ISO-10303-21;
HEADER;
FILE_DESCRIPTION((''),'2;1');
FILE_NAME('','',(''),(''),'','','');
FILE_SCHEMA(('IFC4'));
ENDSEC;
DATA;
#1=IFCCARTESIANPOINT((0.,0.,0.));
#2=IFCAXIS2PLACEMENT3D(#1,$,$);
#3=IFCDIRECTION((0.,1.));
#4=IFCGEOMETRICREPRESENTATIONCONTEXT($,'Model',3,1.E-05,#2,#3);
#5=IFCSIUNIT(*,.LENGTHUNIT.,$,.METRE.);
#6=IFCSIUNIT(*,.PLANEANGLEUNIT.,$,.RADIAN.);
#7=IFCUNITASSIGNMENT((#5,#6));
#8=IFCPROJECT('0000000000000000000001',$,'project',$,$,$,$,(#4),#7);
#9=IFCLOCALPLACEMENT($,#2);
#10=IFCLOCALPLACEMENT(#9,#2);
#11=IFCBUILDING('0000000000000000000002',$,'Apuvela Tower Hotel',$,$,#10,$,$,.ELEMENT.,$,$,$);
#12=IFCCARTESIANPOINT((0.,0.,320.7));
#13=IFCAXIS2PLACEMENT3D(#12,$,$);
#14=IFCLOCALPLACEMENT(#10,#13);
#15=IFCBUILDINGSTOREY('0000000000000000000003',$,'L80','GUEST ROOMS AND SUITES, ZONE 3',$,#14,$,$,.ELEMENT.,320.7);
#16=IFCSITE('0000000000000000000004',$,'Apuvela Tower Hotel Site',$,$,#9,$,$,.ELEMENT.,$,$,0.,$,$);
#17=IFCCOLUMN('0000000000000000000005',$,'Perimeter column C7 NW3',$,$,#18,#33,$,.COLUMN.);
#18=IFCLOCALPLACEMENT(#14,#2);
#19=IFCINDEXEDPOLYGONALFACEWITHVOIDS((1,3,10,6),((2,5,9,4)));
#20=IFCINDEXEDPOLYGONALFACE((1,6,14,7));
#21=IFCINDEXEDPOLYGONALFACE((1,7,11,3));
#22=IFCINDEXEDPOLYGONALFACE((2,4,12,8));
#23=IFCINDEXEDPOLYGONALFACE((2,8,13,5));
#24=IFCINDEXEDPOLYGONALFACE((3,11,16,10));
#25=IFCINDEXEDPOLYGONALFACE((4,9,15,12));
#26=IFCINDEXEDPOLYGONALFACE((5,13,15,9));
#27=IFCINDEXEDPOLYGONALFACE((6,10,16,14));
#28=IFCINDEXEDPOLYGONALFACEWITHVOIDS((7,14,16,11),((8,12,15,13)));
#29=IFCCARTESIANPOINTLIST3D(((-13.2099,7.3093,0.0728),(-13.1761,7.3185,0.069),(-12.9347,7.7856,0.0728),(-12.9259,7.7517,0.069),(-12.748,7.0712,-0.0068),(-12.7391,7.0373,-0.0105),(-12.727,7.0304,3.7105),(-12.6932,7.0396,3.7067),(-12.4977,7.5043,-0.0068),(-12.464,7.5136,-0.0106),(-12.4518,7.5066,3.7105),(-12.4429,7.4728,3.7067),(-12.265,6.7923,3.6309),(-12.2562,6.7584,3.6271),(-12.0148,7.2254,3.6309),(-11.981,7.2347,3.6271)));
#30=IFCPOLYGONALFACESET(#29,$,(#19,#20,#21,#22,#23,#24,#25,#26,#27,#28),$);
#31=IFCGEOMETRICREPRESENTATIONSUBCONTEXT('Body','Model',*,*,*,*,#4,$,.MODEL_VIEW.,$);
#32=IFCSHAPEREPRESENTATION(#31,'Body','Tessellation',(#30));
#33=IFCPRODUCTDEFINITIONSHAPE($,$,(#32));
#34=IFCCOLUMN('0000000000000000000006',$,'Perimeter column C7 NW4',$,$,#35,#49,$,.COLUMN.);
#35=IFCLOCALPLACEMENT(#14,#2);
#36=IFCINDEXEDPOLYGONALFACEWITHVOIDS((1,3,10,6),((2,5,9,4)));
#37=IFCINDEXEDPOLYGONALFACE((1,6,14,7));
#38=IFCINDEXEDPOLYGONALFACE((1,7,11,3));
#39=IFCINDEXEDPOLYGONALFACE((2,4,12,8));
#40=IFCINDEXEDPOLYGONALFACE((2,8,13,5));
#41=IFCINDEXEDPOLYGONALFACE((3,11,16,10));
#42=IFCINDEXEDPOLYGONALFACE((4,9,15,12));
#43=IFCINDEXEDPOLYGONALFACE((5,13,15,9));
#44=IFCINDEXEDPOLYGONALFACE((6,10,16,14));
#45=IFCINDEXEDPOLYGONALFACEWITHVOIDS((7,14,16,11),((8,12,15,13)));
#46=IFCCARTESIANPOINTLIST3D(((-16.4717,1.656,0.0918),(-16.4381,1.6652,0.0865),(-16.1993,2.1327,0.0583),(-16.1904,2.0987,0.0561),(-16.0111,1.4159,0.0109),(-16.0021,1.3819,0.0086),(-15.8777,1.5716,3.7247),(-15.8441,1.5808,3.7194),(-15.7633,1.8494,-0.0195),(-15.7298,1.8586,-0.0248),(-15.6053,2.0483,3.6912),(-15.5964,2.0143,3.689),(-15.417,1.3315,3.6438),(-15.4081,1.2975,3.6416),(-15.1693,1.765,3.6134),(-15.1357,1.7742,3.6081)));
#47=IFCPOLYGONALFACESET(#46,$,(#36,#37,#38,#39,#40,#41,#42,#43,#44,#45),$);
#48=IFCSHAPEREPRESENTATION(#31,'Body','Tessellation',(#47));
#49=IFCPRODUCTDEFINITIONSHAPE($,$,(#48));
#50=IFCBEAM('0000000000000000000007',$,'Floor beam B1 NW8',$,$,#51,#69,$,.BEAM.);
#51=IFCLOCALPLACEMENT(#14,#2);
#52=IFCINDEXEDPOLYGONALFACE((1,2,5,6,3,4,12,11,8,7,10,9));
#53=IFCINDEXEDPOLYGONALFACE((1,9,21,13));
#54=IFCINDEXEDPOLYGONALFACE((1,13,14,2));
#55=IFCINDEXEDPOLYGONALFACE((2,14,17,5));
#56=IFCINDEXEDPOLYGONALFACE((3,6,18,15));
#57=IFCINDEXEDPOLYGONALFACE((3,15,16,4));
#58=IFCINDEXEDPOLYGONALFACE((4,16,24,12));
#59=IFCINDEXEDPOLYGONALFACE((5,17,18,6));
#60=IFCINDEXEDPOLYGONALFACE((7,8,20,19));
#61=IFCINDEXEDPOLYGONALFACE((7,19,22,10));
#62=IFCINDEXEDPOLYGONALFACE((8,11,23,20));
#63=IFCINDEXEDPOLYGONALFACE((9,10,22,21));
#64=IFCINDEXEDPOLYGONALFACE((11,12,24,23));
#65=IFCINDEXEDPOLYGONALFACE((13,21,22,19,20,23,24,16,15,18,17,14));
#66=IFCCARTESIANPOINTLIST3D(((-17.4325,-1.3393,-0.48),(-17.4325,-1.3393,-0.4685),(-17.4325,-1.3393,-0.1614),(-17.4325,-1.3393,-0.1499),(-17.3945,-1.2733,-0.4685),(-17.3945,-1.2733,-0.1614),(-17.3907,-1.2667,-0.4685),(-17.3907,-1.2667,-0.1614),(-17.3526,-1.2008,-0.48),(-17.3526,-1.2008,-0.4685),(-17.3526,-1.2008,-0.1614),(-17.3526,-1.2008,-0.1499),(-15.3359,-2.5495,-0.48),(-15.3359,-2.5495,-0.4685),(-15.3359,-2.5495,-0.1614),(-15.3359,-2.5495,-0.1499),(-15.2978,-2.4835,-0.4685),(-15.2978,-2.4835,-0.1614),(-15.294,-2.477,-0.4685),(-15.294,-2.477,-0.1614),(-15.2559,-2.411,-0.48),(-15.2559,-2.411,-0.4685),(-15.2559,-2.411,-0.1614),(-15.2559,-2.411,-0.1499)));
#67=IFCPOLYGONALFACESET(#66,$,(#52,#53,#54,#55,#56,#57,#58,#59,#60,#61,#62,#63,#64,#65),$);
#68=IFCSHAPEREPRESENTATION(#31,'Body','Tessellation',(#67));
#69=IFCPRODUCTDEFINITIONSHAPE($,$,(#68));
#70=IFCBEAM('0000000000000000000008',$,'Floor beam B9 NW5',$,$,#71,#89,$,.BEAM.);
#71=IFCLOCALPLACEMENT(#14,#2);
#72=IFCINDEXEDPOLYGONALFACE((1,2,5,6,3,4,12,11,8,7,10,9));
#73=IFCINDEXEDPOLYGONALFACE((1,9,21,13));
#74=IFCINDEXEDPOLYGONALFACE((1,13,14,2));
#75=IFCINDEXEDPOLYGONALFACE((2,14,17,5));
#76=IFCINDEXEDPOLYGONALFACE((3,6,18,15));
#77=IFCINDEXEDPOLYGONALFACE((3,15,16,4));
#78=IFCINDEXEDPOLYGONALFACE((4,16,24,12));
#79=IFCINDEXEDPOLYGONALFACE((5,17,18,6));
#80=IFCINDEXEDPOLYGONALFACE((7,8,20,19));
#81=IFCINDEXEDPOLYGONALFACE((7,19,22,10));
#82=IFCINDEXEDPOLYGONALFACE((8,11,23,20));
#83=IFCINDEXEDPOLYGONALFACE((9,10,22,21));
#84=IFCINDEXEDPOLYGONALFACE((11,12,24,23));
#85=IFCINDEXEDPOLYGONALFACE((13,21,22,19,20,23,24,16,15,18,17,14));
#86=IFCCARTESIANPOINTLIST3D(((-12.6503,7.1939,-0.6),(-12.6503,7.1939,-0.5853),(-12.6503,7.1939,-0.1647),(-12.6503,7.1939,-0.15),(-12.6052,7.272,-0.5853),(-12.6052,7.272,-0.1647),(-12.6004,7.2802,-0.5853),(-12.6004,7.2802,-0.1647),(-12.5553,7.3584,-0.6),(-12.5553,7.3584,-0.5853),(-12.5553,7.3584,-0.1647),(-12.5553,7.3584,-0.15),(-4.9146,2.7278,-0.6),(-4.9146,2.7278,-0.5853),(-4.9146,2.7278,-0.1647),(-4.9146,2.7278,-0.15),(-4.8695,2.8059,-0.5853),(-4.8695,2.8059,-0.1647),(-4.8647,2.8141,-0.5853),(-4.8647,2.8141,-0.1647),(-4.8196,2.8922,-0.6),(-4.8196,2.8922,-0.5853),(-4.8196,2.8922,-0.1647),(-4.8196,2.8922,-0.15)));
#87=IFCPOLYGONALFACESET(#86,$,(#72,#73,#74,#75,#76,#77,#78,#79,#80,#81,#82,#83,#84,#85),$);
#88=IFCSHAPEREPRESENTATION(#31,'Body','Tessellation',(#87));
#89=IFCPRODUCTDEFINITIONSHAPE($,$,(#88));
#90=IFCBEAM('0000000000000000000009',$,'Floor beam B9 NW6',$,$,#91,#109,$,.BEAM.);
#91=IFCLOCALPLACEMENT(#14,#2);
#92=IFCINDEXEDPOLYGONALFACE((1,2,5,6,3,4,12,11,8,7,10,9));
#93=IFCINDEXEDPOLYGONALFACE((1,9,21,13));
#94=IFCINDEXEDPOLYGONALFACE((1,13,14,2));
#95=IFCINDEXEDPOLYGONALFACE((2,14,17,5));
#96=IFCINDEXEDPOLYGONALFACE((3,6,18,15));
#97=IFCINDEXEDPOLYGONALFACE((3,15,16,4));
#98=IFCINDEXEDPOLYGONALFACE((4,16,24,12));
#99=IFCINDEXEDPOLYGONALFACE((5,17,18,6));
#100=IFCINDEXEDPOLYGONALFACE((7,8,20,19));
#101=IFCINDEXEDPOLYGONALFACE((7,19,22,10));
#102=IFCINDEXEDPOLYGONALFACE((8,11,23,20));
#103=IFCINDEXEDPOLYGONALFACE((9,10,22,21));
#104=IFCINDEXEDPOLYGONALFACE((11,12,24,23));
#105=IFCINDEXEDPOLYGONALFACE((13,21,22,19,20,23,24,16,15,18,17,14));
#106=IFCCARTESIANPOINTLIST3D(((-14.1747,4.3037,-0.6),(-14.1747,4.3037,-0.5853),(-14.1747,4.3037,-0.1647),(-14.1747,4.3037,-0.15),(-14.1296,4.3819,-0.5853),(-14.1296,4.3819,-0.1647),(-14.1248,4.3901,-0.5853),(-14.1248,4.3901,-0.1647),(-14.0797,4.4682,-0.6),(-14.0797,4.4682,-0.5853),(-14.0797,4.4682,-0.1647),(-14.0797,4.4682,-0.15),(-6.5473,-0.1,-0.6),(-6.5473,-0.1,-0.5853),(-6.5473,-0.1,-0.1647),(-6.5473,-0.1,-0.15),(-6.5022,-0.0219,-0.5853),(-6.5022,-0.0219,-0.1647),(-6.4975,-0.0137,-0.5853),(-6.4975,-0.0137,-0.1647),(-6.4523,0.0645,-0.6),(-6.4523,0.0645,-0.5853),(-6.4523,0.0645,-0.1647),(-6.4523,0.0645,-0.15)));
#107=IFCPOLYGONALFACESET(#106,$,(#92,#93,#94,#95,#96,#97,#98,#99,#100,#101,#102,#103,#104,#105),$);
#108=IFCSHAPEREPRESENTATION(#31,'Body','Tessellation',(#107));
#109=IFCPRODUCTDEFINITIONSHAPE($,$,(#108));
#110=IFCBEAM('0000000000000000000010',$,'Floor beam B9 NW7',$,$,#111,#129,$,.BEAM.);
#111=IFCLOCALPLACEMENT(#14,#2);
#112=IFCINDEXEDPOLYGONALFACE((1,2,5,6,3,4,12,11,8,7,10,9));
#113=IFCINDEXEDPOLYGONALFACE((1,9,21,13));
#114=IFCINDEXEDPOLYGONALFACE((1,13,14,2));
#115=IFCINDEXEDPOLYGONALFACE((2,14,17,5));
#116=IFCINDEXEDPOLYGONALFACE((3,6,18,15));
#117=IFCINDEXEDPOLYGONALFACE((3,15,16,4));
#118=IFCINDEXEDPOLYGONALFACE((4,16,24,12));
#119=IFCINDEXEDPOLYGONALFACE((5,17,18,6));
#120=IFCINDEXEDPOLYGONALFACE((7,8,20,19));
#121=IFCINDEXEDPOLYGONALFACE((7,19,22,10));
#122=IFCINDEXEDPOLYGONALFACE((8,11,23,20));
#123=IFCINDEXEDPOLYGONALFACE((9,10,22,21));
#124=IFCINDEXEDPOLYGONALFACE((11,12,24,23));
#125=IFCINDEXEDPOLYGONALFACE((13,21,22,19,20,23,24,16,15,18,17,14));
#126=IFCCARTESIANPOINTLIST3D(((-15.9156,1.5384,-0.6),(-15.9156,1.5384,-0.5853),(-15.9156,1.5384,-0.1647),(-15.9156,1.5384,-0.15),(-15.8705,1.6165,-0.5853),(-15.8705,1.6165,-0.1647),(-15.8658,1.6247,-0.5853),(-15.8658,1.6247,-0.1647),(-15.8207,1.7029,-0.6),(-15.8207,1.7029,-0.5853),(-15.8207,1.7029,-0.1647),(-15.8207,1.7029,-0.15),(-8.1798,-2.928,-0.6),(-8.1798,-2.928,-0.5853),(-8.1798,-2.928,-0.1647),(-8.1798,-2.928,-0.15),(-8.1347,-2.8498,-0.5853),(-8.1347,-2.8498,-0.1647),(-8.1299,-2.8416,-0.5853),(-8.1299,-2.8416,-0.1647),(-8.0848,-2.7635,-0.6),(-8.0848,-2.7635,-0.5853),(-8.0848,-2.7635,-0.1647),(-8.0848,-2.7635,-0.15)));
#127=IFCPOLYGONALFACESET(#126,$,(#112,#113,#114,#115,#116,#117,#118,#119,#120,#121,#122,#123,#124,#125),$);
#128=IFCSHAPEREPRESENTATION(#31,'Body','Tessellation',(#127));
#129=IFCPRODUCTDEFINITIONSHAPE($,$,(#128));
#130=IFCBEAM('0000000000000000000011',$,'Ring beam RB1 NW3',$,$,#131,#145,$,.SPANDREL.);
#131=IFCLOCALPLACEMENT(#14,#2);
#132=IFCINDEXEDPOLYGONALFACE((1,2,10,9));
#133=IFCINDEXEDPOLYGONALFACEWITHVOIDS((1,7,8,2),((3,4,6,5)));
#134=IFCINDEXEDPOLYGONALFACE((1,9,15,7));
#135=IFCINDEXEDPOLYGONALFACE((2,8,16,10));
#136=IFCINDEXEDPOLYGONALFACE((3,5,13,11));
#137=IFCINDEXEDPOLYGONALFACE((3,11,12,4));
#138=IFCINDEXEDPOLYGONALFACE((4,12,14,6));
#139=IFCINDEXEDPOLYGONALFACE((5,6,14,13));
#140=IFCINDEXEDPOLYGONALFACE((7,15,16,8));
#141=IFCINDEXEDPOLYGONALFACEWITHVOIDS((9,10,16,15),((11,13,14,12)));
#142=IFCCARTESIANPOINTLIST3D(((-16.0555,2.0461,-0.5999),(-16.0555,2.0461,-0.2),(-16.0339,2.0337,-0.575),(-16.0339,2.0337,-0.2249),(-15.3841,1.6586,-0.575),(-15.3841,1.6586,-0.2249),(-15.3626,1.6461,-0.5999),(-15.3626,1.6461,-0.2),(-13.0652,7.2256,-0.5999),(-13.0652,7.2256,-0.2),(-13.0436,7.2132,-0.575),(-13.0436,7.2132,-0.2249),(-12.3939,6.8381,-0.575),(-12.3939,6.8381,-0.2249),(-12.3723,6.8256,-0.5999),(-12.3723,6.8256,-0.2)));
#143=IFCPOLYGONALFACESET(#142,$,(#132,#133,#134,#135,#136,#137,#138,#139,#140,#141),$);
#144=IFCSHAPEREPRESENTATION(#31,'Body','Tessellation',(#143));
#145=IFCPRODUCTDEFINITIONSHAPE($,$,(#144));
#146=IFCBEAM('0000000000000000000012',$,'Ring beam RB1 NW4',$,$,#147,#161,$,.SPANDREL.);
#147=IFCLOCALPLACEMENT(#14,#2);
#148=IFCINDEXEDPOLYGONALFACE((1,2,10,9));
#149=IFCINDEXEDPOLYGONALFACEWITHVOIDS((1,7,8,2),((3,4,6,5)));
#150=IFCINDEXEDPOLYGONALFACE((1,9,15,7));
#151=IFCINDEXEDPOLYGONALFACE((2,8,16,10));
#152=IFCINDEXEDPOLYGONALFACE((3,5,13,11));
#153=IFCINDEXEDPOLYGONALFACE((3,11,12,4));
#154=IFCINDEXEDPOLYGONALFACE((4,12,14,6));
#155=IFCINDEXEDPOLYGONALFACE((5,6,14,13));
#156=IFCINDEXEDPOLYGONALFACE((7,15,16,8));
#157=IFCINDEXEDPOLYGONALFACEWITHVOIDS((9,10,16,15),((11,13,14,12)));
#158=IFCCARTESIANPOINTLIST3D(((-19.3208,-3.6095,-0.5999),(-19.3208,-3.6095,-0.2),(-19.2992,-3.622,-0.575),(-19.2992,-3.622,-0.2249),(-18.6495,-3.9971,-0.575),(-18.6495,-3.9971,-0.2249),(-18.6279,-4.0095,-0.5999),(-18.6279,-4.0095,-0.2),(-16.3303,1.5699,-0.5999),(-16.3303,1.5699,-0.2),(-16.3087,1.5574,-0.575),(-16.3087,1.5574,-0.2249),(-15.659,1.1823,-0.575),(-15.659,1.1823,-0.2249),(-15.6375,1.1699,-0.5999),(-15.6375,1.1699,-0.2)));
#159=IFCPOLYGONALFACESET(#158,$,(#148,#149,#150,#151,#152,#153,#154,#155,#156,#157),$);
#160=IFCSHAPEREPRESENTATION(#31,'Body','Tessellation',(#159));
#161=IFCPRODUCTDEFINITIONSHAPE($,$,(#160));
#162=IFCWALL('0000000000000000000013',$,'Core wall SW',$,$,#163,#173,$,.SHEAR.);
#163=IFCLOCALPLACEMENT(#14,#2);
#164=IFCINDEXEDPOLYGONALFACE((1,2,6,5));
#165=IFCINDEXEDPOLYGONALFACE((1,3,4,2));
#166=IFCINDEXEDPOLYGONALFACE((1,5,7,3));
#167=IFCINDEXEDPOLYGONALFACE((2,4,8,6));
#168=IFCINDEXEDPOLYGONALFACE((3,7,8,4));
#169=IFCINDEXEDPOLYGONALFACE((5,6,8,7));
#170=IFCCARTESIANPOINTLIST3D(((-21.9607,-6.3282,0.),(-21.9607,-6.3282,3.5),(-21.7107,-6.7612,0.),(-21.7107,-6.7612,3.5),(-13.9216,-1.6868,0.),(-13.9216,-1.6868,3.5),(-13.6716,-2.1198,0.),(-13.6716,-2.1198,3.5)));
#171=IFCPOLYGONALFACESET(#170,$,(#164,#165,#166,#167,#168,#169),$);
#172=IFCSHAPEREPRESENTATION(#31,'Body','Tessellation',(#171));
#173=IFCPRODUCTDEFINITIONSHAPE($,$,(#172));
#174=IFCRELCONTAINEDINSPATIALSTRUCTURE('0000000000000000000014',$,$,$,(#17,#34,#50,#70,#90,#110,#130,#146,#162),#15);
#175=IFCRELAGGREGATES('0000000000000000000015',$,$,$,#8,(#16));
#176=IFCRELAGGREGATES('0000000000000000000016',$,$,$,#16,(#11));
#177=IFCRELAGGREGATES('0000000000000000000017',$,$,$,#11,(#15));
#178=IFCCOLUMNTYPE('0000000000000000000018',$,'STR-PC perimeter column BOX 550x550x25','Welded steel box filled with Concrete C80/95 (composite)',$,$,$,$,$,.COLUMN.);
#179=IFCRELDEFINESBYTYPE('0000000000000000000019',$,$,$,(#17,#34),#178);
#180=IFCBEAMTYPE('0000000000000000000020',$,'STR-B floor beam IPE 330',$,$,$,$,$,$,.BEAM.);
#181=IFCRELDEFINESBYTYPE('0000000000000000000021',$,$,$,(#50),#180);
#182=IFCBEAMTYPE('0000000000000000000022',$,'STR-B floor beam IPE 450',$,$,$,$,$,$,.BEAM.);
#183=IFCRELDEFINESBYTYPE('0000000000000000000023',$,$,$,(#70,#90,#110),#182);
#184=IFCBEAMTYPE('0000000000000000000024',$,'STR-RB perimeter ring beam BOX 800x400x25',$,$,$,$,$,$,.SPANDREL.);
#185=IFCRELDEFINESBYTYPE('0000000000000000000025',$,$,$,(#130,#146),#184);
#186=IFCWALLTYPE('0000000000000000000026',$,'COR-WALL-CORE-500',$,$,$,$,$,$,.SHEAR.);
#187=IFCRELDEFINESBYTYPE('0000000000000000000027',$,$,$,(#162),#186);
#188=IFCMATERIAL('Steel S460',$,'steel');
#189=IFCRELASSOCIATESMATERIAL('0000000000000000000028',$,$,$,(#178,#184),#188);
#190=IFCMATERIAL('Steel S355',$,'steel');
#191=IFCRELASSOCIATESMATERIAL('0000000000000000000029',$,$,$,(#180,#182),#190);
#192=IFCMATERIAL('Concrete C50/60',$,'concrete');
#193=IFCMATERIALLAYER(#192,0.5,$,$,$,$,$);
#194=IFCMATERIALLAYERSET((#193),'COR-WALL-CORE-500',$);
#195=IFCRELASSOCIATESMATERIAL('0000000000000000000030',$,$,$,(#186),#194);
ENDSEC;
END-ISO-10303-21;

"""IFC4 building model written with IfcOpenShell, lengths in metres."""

from ifc_helpers import new_model, si_unit, direction, frame, frame_2d, origin, origin_2d, place, context, subcontext, project, spatial, rectangle, hollow_rectangle, i_section, extrude, boolean, halfspace, material, layer, layer_set, material_profile, profile_set, type_object, element, save


model = new_model("IFC4")

# Units and contexts
model_context = context("Model", 3, precision=1e-05, world=origin(), true_north=direction((0.0, 1.0)))
body_context = subcontext(model_context, "Body", "Model", "MODEL_VIEW")
ifc_project = project(units=[si_unit("LENGTHUNIT", "METRE"), si_unit("PLANEANGLEUNIT", "RADIAN")], contexts=[model_context])

# Site, building, storey
site_placement = place(None, origin())
site = spatial("IfcSite", under=ifc_project, at=site_placement, Name="Apuvela Tower Hotel Site", CompositionType="ELEMENT", RefElevation=0.0)
building_placement = place(site_placement, origin())
building = spatial("IfcBuilding", under=site, at=building_placement, Name="Apuvela Tower Hotel", CompositionType="ELEMENT")
storey_placement = place(building_placement, frame((0.0, 0.0, 320.7)))
storey = spatial("IfcBuildingStorey", under=building, at=storey_placement, Name="L80", Description="GUEST ROOMS AND SUITES, ZONE 3", CompositionType="ELEMENT", Elevation=320.7)

# Columns
ifc_material_1 = material(Name="Steel S460", Category="steel")
ifc_material_profile_1 = material_profile(ifc_material_1, hollow_rectangle(XDim=0.55, YDim=0.55, WallThickness=0.0249, at=origin_2d()), Name="BOX 550x550x25")
ifc_material_2 = material(Name="Concrete C80/95", Category="concrete")
ifc_material_profile_2 = material_profile(ifc_material_2, rectangle(XDim=0.5, YDim=0.5, at=origin_2d()), Name="Concrete C80/95 infill")
ifc_profile_set_1 = profile_set([ifc_material_profile_1, ifc_material_profile_2], Name="Steel S460")
column_type = type_object("IfcColumnType", Name="STR-PC perimeter column BOX 550x550x25", Description="Welded steel box filled with Concrete C80/95 (composite)", PredefinedType="COLUMN", material=ifc_profile_set_1)
column_1_placement = place(storey_placement, frame((-12.8411, 7.4138, 0.0), z_axis=(0.131228, -0.075789, 0.988451), x_axis=(-0.500239, -0.865887, 0.000021)))
element("IfcColumn", 1, at=column_1_placement, inside=storey, type_object=column_type, Name="Perimeter column C7 NW3", PredefinedType="COLUMN", context=body_context, shape_type="SweptSolid", body=[
    boolean("DIFFERENCE", boolean("DIFFERENCE", extrude(hollow_rectangle(XDim=0.55, YDim=0.55, WallThickness=0.0249, at=origin_2d()), origin(), (0.0, 0.0, 1.0), 3.7432), halfspace(frame((0.0, 0.0, 0.0315), z_axis=(0.0, 0.0, 1.0), x_axis=(1.0, 0.0, 0.0)), True)), halfspace(frame((0.0, 0.0, 3.7117), z_axis=(0.0, 0.0, 1.0), x_axis=(1.0, 0.0, 0.0)), False)),
])
column_2_placement = place(storey_placement, frame((-16.1062, 1.7581, 0.0), z_axis=(0.161325, -0.022916, 0.986635), x_axis=(-0.495162, -0.866668, 0.060834)))
element("IfcColumn", 2, at=column_2_placement, inside=storey, type_object=column_type, Name="Perimeter column C7 NW4", PredefinedType="COLUMN", context=body_context, shape_type="SweptSolid", body=[
    boolean("DIFFERENCE", boolean("DIFFERENCE", extrude(hollow_rectangle(XDim=0.55, YDim=0.55, WallThickness=0.0249, at=origin_2d()), origin(), (0.0, 0.0, 1.0), 3.75), halfspace(frame((0.0, 0.0, 0.0339), z_axis=(0.0, 0.0, 1.0), x_axis=(1.0, 0.0, 0.0)), True)), halfspace(frame((0.0, 0.0, 3.7161), z_axis=(0.0, 0.0, 1.0), x_axis=(1.0, 0.0, 0.0)), False)),
])

# Beams
ifc_material_3 = material(Name="Steel S355", Category="steel")
ifc_material_profile_3 = material_profile(ifc_material_3, i_section(OverallWidth=0.1599, OverallDepth=0.3301, WebThickness=0.0076, FlangeThickness=0.0115, at=origin_2d()), Name="IPE 330")
ifc_profile_set_2 = profile_set([ifc_material_profile_3], Name="Steel S355")
beam_type_1 = type_object("IfcBeamType", Name="STR-B floor beam IPE 330", PredefinedType="BEAM", material=ifc_profile_set_2)
beam_1_placement = place(storey_placement, frame((-17.3926, -1.27, -0.3149), z_axis=(0.866081, -0.499903, 0.0), x_axis=(0.499903, 0.866081, 0.0)))
element("IfcBeam", 3, at=beam_1_placement, inside=storey, type_object=beam_type_1, Name="Floor beam B1 NW8", PredefinedType="BEAM", context=body_context, shape_type="SweptSolid", body=[
    extrude(i_section(OverallWidth=0.1599, OverallDepth=0.3301, WebThickness=0.0076, FlangeThickness=0.0115, at=origin_2d()), origin(), (0.0, 0.0, 1.0), 2.4209),
])
ifc_material_profile_4 = material_profile(ifc_material_3, i_section(OverallWidth=0.1899, OverallDepth=0.45, WebThickness=0.0095, FlangeThickness=0.0146, at=origin_2d()), Name="IPE 450")
ifc_profile_set_3 = profile_set([ifc_material_profile_4], Name="Steel S355")
beam_type_2 = type_object("IfcBeamType", Name="STR-B floor beam IPE 450", PredefinedType="BEAM", material=ifc_profile_set_3)
beam_2_placement = place(storey_placement, frame((-12.6028, 7.2761, -0.375), z_axis=(0.866029, -0.499993, 0.0), x_axis=(0.499993, 0.866029, 0.0)))
element("IfcBeam", 4, at=beam_2_placement, inside=storey, type_object=beam_type_2, Name="Floor beam B9 NW5", PredefinedType="BEAM", context=body_context, shape_type="SweptSolid", body=[
    extrude(i_section(OverallWidth=0.1899, OverallDepth=0.45, WebThickness=0.0095, FlangeThickness=0.0146, at=origin_2d()), origin(), (0.0, 0.0, 1.0), 8.9324),
])
beam_3_placement = place(storey_placement, frame((-14.1272, 4.386, -0.375), z_axis=(0.86602, -0.500009, 0.0), x_axis=(0.500009, 0.86602, 0.0)))
element("IfcBeam", 5, at=beam_3_placement, inside=storey, type_object=beam_type_2, Name="Floor beam B9 NW6", PredefinedType="BEAM", context=body_context, shape_type="SweptSolid", body=[
    extrude(i_section(OverallWidth=0.1899, OverallDepth=0.45, WebThickness=0.0095, FlangeThickness=0.0146, at=origin_2d()), origin(), (0.0, 0.0, 1.0), 8.8074),
])
beam_4_placement = place(storey_placement, frame((-15.8682, 1.6206, -0.375), z_axis=(0.866024, -0.500002, 0.0), x_axis=(0.500002, 0.866024, 0.0)))
element("IfcBeam", 6, at=beam_4_placement, inside=storey, type_object=beam_type_2, Name="Floor beam B9 NW7", PredefinedType="BEAM", context=body_context, shape_type="SweptSolid", body=[
    extrude(i_section(OverallWidth=0.1899, OverallDepth=0.45, WebThickness=0.0095, FlangeThickness=0.0146, at=origin_2d()), origin(), (0.0, 0.0, 1.0), 8.9326),
])
ifc_material_profile_5 = material_profile(ifc_material_1, hollow_rectangle(XDim=0.8, YDim=0.3999, WallThickness=0.0249, at=origin_2d()), Name="BOX 800x400x25")
ifc_profile_set_4 = profile_set([ifc_material_profile_5], Name="Steel S460")
beam_type_3 = type_object("IfcBeamType", Name="STR-RB perimeter ring beam BOX 800x400x25", PredefinedType="SPANDREL", material=ifc_profile_set_4)
for number, where, z_axis, x_axis, name in (
    (7, (-12.7188, 7.0256, -0.3999), (-0.499985, -0.866034, 0.0), (0.866034, -0.499985, 0.0), "Ring beam RB1 NW3"),
    (8, (-15.9839, 1.3699, -0.3999), (-0.500016, -0.866016, 0.0), (0.866016, -0.500016, 0.0), "Ring beam RB1 NW4"),
):
    element("IfcBeam", number, at=place(storey_placement, frame(where, z_axis=z_axis, x_axis=x_axis)), inside=storey, type_object=beam_type_3, Name=name, PredefinedType="SPANDREL", context=body_context, shape_type="SweptSolid", body=[
        extrude(hollow_rectangle(XDim=0.8, YDim=0.3999, WallThickness=0.0249, at=origin_2d()), origin(), (0.0, 0.0, 1.0), 5.9807),
    ])

# Wall
ifc_material_4 = material(Name="Concrete C50/60", Category="concrete")
ifc_layer_1 = layer(ifc_material_4, 0.5)
ifc_layer_set_1 = layer_set([ifc_layer_1], Name="COR-WALL-CORE-500")
wall_type_1 = type_object("IfcWallType", Name="COR-WALL-CORE-500", PredefinedType="SHEAR", material=ifc_layer_set_1)
wall_1_placement = place(storey_placement, frame((-13.7966, -1.9033, 0.0), z_axis=(0.0, 0.0, 1.0), x_axis=(-0.866025, -0.5, 0.0)))
element("IfcWall", 9, at=wall_1_placement, inside=storey, type_object=wall_type_1, Name="Core wall SW", PredefinedType="SHEAR", context=body_context, shape_type="SweptSolid", body=[
    extrude(rectangle(XDim=9.2827, YDim=0.5, at=frame_2d((4.6414, 0.0))), origin(), (0.0, 0.0, 1.0), 3.5),
])

save(model, "model.ifc")
